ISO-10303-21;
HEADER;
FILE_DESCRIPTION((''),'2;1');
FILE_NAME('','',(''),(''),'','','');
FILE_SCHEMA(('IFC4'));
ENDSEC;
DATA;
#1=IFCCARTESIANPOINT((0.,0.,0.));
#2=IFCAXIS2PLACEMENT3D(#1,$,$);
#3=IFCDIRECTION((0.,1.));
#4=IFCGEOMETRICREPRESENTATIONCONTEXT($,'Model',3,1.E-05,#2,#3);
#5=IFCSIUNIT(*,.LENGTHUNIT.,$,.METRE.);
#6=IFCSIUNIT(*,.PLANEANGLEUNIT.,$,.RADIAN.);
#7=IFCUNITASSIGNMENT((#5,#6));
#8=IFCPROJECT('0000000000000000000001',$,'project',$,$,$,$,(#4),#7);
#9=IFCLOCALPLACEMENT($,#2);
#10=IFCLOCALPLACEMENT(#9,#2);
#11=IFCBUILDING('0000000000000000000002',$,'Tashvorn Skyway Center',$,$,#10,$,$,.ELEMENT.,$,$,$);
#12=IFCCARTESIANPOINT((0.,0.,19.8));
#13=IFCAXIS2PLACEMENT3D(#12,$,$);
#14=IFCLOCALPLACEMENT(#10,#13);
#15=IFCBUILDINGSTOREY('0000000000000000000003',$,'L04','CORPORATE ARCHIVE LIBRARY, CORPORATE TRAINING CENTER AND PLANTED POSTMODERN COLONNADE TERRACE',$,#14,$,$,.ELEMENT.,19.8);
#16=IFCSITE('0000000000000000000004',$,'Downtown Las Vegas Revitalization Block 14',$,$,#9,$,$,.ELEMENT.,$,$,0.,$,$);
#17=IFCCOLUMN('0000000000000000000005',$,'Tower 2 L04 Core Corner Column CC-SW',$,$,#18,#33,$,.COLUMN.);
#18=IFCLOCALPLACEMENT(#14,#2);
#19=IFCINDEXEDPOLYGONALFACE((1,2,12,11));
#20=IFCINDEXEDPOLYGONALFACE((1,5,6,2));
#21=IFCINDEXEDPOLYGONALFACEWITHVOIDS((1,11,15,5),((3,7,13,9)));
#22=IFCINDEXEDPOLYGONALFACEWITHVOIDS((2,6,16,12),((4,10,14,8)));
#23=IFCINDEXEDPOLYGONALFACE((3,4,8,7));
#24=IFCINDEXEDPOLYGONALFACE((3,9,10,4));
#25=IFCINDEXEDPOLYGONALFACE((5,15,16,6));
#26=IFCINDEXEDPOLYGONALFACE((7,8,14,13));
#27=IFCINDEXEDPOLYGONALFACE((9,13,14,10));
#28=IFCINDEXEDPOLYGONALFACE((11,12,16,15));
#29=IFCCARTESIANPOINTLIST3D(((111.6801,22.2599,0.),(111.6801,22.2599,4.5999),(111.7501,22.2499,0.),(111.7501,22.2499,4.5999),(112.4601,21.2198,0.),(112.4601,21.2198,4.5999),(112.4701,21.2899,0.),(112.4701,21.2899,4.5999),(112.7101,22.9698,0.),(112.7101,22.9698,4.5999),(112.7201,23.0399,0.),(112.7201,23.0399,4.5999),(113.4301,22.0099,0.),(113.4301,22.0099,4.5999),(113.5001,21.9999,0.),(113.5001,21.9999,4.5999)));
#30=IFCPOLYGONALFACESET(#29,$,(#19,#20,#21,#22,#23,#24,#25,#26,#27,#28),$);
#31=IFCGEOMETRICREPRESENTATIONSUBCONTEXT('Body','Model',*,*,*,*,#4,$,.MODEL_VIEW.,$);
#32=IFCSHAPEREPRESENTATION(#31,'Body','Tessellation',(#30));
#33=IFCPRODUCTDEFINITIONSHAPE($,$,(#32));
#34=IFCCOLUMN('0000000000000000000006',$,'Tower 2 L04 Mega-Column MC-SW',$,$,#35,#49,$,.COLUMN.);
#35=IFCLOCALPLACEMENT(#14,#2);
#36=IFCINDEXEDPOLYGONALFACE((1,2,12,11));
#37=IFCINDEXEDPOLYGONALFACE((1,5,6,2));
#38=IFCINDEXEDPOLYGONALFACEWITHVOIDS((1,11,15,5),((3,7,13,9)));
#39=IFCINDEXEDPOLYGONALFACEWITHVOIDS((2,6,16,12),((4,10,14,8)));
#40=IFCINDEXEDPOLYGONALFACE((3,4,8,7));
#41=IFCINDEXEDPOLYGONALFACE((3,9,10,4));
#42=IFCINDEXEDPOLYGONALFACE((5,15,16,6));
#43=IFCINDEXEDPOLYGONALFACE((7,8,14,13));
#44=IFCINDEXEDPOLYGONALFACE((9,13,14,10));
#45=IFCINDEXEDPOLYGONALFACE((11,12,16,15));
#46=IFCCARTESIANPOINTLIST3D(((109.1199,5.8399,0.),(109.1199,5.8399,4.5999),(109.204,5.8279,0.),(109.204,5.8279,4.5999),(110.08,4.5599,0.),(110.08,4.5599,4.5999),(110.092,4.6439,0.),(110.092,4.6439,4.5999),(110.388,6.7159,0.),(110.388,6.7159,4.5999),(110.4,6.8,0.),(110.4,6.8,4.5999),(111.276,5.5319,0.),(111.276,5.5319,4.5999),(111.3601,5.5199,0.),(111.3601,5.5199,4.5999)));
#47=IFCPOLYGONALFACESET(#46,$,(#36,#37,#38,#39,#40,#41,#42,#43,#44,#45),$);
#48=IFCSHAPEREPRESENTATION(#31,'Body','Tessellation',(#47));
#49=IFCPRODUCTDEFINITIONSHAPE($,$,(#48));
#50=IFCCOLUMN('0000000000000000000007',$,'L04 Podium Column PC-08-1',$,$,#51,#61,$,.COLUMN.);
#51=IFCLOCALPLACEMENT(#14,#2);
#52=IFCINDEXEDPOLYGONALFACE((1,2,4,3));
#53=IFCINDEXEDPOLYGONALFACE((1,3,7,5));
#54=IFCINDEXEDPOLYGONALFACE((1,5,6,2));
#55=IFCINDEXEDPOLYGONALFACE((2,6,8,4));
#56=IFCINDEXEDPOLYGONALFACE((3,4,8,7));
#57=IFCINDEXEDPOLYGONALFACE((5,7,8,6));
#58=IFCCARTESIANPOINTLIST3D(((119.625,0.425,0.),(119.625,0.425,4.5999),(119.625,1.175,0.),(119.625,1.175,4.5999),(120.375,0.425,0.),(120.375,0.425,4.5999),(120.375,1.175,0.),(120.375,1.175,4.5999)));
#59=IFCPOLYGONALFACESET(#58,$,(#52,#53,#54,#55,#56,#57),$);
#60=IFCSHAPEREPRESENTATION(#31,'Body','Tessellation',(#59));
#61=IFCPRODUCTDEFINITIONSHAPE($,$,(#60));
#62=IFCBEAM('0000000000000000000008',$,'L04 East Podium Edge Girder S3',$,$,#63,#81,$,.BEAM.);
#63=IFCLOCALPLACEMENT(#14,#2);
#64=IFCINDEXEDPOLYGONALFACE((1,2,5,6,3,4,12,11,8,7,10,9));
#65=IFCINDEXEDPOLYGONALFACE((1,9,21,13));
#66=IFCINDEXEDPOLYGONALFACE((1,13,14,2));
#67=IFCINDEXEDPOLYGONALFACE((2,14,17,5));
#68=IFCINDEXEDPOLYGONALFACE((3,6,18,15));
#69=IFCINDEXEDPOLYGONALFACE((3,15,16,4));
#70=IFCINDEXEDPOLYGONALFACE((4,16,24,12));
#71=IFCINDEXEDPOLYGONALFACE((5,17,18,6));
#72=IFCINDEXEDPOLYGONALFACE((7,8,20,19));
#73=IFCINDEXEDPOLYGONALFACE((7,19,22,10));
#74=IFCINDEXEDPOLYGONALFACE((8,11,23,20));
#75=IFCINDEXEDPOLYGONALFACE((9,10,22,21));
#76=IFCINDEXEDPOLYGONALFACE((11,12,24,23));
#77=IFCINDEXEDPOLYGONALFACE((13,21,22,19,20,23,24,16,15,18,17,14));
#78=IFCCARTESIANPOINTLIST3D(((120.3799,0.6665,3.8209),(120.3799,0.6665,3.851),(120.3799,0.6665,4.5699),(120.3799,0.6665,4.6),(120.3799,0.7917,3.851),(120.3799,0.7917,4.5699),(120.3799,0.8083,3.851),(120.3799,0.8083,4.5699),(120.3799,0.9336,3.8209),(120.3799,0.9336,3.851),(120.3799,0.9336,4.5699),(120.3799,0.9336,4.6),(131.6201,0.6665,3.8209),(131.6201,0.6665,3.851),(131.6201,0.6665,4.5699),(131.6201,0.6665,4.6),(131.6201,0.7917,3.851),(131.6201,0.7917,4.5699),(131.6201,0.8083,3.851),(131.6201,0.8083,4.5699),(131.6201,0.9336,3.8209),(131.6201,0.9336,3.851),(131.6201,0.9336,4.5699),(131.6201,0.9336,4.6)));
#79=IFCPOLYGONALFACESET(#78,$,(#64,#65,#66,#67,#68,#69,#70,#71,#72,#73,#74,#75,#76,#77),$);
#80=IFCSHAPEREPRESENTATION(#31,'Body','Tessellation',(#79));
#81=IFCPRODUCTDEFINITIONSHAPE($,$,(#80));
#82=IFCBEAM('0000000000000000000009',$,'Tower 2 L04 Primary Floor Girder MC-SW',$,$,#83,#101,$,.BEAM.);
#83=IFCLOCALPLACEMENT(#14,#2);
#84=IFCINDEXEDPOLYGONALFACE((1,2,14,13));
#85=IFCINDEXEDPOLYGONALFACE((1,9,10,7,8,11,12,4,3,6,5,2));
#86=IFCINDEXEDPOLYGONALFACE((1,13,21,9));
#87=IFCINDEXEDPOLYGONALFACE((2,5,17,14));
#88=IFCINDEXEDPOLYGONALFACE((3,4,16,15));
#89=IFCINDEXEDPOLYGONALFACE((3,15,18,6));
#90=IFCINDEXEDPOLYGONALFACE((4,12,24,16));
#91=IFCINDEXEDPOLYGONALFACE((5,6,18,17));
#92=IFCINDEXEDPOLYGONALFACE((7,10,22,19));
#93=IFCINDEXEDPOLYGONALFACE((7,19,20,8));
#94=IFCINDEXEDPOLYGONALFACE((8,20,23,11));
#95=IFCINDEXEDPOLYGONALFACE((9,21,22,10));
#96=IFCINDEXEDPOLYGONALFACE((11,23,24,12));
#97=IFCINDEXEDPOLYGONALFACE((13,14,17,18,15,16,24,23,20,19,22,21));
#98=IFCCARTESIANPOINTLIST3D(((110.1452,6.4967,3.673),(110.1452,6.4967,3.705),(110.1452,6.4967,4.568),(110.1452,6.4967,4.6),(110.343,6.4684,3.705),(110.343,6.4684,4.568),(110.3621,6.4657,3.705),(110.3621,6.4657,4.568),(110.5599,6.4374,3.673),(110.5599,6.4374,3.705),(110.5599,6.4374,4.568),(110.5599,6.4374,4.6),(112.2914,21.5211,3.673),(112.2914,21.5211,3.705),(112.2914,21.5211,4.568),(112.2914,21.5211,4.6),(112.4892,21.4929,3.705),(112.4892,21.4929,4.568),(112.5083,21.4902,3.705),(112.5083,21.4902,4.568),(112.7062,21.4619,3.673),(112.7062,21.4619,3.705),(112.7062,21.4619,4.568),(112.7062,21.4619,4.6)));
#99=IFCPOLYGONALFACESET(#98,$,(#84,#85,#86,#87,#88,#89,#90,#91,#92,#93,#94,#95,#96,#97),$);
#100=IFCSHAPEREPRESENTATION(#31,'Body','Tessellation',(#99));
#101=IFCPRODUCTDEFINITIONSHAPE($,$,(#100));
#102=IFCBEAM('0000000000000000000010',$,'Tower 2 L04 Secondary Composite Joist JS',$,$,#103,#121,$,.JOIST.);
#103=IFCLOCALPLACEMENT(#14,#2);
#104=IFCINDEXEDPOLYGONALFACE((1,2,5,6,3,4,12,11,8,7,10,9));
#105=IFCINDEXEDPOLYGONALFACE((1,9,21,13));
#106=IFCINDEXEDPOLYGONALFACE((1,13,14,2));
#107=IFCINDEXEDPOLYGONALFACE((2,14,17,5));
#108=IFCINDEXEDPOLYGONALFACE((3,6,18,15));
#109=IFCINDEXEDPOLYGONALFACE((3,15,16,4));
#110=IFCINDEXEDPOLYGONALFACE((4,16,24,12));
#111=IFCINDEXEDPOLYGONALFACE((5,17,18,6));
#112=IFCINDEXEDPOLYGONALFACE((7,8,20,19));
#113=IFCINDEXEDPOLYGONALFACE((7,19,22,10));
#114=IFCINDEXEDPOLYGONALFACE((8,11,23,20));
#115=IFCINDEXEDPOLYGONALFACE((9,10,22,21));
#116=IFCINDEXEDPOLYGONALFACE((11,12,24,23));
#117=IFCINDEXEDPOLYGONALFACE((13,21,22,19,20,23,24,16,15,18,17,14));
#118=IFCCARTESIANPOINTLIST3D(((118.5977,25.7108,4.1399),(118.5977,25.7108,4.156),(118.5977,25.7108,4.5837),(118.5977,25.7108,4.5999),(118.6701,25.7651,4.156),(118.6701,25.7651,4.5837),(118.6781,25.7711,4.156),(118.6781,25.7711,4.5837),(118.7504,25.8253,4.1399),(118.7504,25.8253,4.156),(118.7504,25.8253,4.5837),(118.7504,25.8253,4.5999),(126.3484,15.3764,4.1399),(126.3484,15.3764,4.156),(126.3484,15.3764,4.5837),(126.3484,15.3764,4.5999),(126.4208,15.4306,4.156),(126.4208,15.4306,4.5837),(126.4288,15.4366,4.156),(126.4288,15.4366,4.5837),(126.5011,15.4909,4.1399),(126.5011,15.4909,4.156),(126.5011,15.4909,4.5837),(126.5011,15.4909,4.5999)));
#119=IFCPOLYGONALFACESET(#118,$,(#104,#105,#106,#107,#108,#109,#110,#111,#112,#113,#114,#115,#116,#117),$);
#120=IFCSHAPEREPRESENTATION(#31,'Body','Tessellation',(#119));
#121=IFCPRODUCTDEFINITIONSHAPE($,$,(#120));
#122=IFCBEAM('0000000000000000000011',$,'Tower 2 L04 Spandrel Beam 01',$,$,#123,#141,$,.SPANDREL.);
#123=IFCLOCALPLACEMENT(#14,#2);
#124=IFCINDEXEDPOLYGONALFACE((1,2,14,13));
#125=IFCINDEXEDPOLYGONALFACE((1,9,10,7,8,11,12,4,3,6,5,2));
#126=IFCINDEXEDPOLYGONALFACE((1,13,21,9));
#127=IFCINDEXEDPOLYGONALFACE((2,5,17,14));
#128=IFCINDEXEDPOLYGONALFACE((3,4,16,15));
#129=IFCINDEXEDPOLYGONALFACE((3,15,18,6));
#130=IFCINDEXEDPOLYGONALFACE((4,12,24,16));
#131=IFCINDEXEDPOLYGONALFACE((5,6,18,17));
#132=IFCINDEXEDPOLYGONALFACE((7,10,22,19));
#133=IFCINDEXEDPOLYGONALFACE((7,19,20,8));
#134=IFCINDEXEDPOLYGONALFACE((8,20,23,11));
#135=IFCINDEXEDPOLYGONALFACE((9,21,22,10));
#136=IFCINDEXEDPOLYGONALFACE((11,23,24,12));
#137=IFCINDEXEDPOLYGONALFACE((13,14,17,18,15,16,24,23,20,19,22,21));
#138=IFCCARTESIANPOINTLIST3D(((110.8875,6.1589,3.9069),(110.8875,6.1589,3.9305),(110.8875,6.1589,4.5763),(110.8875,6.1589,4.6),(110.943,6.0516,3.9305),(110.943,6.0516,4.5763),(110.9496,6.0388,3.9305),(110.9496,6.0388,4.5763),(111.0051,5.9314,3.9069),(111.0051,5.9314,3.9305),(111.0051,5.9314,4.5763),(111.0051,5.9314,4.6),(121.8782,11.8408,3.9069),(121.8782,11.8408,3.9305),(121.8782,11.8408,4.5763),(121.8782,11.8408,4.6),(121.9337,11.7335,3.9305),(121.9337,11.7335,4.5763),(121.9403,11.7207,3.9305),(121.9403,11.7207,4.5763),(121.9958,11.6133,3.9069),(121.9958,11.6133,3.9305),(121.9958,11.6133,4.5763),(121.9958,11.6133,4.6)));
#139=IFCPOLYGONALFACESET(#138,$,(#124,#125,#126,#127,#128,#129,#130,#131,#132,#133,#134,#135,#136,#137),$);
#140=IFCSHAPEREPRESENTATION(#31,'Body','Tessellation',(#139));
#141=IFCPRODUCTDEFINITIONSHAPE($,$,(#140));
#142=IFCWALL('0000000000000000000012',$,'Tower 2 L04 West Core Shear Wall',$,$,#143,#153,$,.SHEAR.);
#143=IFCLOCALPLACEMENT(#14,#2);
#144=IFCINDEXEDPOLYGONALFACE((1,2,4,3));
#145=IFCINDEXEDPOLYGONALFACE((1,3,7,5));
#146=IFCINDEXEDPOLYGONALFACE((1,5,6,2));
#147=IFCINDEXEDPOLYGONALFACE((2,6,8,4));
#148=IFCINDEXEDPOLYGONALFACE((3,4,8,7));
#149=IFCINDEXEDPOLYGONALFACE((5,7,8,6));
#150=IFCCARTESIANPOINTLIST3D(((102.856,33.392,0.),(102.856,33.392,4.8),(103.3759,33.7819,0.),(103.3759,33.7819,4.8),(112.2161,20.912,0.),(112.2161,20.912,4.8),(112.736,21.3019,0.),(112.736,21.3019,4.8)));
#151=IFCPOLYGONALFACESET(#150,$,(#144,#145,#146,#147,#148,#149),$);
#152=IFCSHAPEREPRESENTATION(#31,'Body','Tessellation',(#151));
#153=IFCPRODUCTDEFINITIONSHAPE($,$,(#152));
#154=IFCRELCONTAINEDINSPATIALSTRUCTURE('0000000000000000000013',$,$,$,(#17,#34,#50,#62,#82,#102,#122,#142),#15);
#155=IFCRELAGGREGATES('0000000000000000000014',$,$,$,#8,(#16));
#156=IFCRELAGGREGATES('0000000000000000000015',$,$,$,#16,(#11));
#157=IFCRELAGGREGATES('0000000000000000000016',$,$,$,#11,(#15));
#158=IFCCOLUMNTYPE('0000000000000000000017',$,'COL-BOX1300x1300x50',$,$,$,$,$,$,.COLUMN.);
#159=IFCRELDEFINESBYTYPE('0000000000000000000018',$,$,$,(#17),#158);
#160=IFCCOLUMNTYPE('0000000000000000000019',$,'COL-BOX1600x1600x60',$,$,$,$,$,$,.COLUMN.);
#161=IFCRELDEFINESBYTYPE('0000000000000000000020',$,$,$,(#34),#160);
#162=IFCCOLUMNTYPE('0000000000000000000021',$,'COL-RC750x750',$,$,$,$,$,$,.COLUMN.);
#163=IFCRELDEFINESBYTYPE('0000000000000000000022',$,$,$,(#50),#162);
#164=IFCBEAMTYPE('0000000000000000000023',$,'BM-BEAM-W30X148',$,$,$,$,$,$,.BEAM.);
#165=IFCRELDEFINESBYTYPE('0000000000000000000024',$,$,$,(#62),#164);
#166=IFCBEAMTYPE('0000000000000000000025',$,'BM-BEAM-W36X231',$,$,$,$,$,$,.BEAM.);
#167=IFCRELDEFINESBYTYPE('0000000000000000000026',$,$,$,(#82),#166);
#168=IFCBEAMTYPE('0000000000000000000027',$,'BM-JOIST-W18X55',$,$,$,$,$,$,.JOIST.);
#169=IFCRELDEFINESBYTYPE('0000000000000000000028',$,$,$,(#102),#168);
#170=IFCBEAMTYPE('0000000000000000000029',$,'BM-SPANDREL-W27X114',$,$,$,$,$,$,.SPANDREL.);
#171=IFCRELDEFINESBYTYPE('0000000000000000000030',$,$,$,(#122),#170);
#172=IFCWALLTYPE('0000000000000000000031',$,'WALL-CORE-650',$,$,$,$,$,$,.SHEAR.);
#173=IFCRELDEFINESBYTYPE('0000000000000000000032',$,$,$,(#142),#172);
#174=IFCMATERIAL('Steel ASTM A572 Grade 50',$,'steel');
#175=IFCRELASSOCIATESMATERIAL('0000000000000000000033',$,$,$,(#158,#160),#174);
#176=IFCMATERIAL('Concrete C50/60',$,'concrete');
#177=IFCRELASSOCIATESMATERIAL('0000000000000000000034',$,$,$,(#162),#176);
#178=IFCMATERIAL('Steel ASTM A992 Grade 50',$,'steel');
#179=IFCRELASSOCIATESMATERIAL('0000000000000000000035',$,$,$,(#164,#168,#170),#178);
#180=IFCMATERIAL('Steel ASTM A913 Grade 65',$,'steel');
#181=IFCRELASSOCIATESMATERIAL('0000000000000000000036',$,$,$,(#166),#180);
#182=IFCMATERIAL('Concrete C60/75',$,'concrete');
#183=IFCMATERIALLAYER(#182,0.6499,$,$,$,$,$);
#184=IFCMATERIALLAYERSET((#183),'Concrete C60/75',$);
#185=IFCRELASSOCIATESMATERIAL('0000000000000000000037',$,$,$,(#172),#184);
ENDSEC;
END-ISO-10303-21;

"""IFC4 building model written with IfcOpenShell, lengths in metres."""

from ifc_helpers import new_model, si_unit, direction, frame, frame_2d, origin, origin_2d, place, context, subcontext, project, spatial, rectangle, hollow_rectangle, i_section, extrude, material, layer, layer_set, material_profile, profile_set, type_object, element, save


model = new_model("IFC4")

# Units and contexts
model_context = context("Model", 3, precision=1e-05, world=origin(), true_north=direction((0.0, 1.0)))
body_context = subcontext(model_context, "Body", "Model", "MODEL_VIEW")
ifc_project = project(units=[si_unit("LENGTHUNIT", "METRE"), si_unit("PLANEANGLEUNIT", "RADIAN")], contexts=[model_context])

# Site, building, storey
site_placement = place(None, origin())
site = spatial("IfcSite", under=ifc_project, at=site_placement, Name="Downtown Las Vegas Revitalization Block 14", CompositionType="ELEMENT", RefElevation=0.0)
building_placement = place(site_placement, origin())
building = spatial("IfcBuilding", under=site, at=building_placement, Name="Tashvorn Skyway Center", CompositionType="ELEMENT")
storey_placement = place(building_placement, frame((0.0, 0.0, 19.8)))
storey = spatial("IfcBuildingStorey", under=building, at=storey_placement, Name="L04", Description="CORPORATE ARCHIVE LIBRARY, CORPORATE TRAINING CENTER AND PLANTED POSTMODERN COLONNADE TERRACE", CompositionType="ELEMENT", Elevation=19.8)

# Columns
ifc_material_1 = material(Name="Steel ASTM A572 Grade 50", Category="steel")
ifc_material_profile_1 = material_profile(ifc_material_1, hollow_rectangle(XDim=1.3, YDim=1.3, WallThickness=0.05, at=origin_2d()), Name="BOX1300x1300x50")
ifc_profile_set_1 = profile_set([ifc_material_profile_1], Name="Steel ASTM A572 Grade 50")
column_type_1 = type_object("IfcColumnType", Name="COL-BOX1300x1300x50", PredefinedType="COLUMN", material=ifc_profile_set_1)
column_1_placement = place(storey_placement, frame((112.5901, 22.1299, 0.0), z_axis=(0.0, 0.0, 1.0), x_axis=(0.8, 0.6, 0.0)))
element("IfcColumn", 1, at=column_1_placement, inside=storey, type_object=column_type_1, Name="Tower 2 L04 Core Corner Column CC-SW", PredefinedType="COLUMN", context=body_context, shape_type="SweptSolid", body=[
    extrude(hollow_rectangle(XDim=1.3, YDim=1.3, WallThickness=0.05, at=origin_2d()), origin(), (0.0, 0.0, 1.0), 4.5999),
])
ifc_material_profile_2 = material_profile(ifc_material_1, hollow_rectangle(XDim=1.6001, YDim=1.6001, WallThickness=0.0601, at=origin_2d()), Name="BOX1600x1600x60")
ifc_profile_set_2 = profile_set([ifc_material_profile_2], Name="Steel ASTM A572 Grade 50")
column_type_2 = type_object("IfcColumnType", Name="COL-BOX1600x1600x60", PredefinedType="COLUMN", material=ifc_profile_set_2)
column_2_placement = place(storey_placement, frame((110.24, 5.6799, 0.0), z_axis=(0.0, 0.0, 1.0), x_axis=(0.8, 0.6, 0.0)))
element("IfcColumn", 2, at=column_2_placement, inside=storey, type_object=column_type_2, Name="Tower 2 L04 Mega-Column MC-SW", PredefinedType="COLUMN", context=body_context, shape_type="SweptSolid", body=[
    extrude(hollow_rectangle(XDim=1.6001, YDim=1.6001, WallThickness=0.0601, at=origin_2d()), origin(), (0.0, 0.0, 1.0), 4.5999),
])
ifc_material_2 = material(Name="Concrete C50/60", Category="concrete")
ifc_material_profile_3 = material_profile(ifc_material_2, rectangle(XDim=0.75, YDim=0.75, at=origin_2d()), Name="RC750x750")
ifc_profile_set_3 = profile_set([ifc_material_profile_3], Name="Concrete C50/60")
column_type_3 = type_object("IfcColumnType", Name="COL-RC750x750", PredefinedType="COLUMN", material=ifc_profile_set_3)
column_3_placement = place(storey_placement, frame((120.0, 0.8, 0.0), z_axis=(0.0, 0.0, 1.0), x_axis=(1.0, 0.0, 0.0)))
element("IfcColumn", 3, at=column_3_placement, inside=storey, type_object=column_type_3, Name="L04 Podium Column PC-08-1", PredefinedType="COLUMN", context=body_context, shape_type="SweptSolid", body=[
    extrude(rectangle(XDim=0.75, YDim=0.75, at=origin_2d()), origin(), (0.0, 0.0, 1.0), 4.5999),
])

# Beams
ifc_material_3 = material(Name="Steel ASTM A992 Grade 50", Category="steel")
ifc_material_profile_4 = material_profile(ifc_material_3, i_section(OverallWidth=0.2671, OverallDepth=0.7791, WebThickness=0.0166, FlangeThickness=0.03, at=origin_2d()), Name="W30X148")
ifc_profile_set_4 = profile_set([ifc_material_profile_4], Name="Steel ASTM A992 Grade 50")
beam_type_1 = type_object("IfcBeamType", Name="BM-BEAM-W30X148", PredefinedType="BEAM", material=ifc_profile_set_4)
beam_1_placement = place(storey_placement, frame((120.3799, 0.8, 4.2104), z_axis=(1.0, 0.0, 0.0), x_axis=(0.0, 1.0, 0.0)))
element("IfcBeam", 4, at=beam_1_placement, inside=storey, type_object=beam_type_1, Name="L04 East Podium Edge Girder S3", PredefinedType="BEAM", context=body_context, shape_type="SweptSolid", body=[
    extrude(i_section(OverallWidth=0.2671, OverallDepth=0.7791, WebThickness=0.0166, FlangeThickness=0.03, at=origin_2d()), origin(), (0.0, 0.0, 1.0), 11.2402),
])
ifc_material_4 = material(Name="Steel ASTM A913 Grade 65", Category="steel")
ifc_material_profile_5 = material_profile(ifc_material_4, i_section(OverallWidth=0.4189, OverallDepth=0.927, WebThickness=0.0193, FlangeThickness=0.032, at=origin_2d()), Name="W36X231")
ifc_profile_set_5 = profile_set([ifc_material_profile_5], Name="Steel ASTM A913 Grade 65")
beam_type_2 = type_object("IfcBeamType", Name="BM-BEAM-W36X231", PredefinedType="BEAM", material=ifc_profile_set_5)
beam_2_placement = place(storey_placement, frame((110.3525, 6.467, 4.1365), z_axis=(0.141415, 0.98995, 0.0), x_axis=(-0.98995, 0.141415, 0.0)))
element("IfcBeam", 5, at=beam_2_placement, inside=storey, type_object=beam_type_2, Name="Tower 2 L04 Primary Floor Girder MC-SW", PredefinedType="BEAM", context=body_context, shape_type="SweptSolid", body=[
    extrude(i_section(OverallWidth=0.4189, OverallDepth=0.927, WebThickness=0.0193, FlangeThickness=0.032, at=origin_2d()), origin(), (0.0, 0.0, 1.0), 15.177),
])
ifc_material_profile_6 = material_profile(ifc_material_3, i_section(OverallWidth=0.1909, OverallDepth=0.46, WebThickness=0.01, FlangeThickness=0.0161, at=origin_2d()), Name="W18X55")
ifc_profile_set_6 = profile_set([ifc_material_profile_6], Name="Steel ASTM A992 Grade 50")
beam_type_3 = type_object("IfcBeamType", Name="BM-JOIST-W18X55", PredefinedType="JOIST", material=ifc_profile_set_6)
beam_3_placement = place(storey_placement, frame((118.6741, 25.7681, 4.3699), z_axis=(0.599994, -0.800005, 0.0), x_axis=(0.800005, 0.599994, 0.0)))
element("IfcBeam", 6, at=beam_3_placement, inside=storey, type_object=beam_type_3, Name="Tower 2 L04 Secondary Composite Joist JS", PredefinedType="JOIST", context=body_context, shape_type="SweptSolid", body=[
    extrude(i_section(OverallWidth=0.1909, OverallDepth=0.46, WebThickness=0.01, FlangeThickness=0.0161, at=origin_2d()), origin(), (0.0, 0.0, 1.0), 12.918),
])
ifc_material_profile_7 = material_profile(ifc_material_3, i_section(OverallWidth=0.2561, OverallDepth=0.6931, WebThickness=0.0144, FlangeThickness=0.0237, at=origin_2d()), Name="W27X114")
ifc_profile_set_7 = profile_set([ifc_material_profile_7], Name="Steel ASTM A992 Grade 50")
beam_type_4 = type_object("IfcBeamType", Name="BM-SPANDREL-W27X114", PredefinedType="SPANDREL", material=ifc_profile_set_7)
beam_4_placement = place(storey_placement, frame((110.9463, 6.0452, 4.2534), z_axis=(0.888316, 0.459233, 0.0), x_axis=(-0.459233, 0.888316, 0.0)))
element("IfcBeam", 7, at=beam_4_placement, inside=storey, type_object=beam_type_4, Name="Tower 2 L04 Spandrel Beam 01", PredefinedType="SPANDREL", context=body_context, shape_type="SweptSolid", body=[
    extrude(i_section(OverallWidth=0.2561, OverallDepth=0.6931, WebThickness=0.0144, FlangeThickness=0.0237, at=origin_2d()), origin(), (0.0, 0.0, 1.0), 12.3726),
])

# Wall
ifc_material_5 = material(Name="Concrete C60/75", Category="concrete")
ifc_layer_1 = layer(ifc_material_5, 0.6499)
ifc_layer_set_1 = layer_set([ifc_layer_1], Name="Concrete C60/75")
wall_type_1 = type_object("IfcWallType", Name="WALL-CORE-650", PredefinedType="SHEAR", material=ifc_layer_set_1)
wall_1_placement = place(storey_placement, frame((112.4761, 21.1069, 0.0), z_axis=(0.0, 0.0, 1.0), x_axis=(-0.600005, 0.799996, 0.0)))
element("IfcWall", 8, at=wall_1_placement, inside=storey, type_object=wall_type_1, Name="Tower 2 L04 West Core Shear Wall", PredefinedType="SHEAR", context=body_context, shape_type="SweptSolid", body=[
    extrude(rectangle(XDim=15.6001, YDim=0.6499, at=frame_2d((7.8, 0.0))), origin(), (0.0, 0.0, 1.0), 4.8),
])

save(model, "model.ifc")
